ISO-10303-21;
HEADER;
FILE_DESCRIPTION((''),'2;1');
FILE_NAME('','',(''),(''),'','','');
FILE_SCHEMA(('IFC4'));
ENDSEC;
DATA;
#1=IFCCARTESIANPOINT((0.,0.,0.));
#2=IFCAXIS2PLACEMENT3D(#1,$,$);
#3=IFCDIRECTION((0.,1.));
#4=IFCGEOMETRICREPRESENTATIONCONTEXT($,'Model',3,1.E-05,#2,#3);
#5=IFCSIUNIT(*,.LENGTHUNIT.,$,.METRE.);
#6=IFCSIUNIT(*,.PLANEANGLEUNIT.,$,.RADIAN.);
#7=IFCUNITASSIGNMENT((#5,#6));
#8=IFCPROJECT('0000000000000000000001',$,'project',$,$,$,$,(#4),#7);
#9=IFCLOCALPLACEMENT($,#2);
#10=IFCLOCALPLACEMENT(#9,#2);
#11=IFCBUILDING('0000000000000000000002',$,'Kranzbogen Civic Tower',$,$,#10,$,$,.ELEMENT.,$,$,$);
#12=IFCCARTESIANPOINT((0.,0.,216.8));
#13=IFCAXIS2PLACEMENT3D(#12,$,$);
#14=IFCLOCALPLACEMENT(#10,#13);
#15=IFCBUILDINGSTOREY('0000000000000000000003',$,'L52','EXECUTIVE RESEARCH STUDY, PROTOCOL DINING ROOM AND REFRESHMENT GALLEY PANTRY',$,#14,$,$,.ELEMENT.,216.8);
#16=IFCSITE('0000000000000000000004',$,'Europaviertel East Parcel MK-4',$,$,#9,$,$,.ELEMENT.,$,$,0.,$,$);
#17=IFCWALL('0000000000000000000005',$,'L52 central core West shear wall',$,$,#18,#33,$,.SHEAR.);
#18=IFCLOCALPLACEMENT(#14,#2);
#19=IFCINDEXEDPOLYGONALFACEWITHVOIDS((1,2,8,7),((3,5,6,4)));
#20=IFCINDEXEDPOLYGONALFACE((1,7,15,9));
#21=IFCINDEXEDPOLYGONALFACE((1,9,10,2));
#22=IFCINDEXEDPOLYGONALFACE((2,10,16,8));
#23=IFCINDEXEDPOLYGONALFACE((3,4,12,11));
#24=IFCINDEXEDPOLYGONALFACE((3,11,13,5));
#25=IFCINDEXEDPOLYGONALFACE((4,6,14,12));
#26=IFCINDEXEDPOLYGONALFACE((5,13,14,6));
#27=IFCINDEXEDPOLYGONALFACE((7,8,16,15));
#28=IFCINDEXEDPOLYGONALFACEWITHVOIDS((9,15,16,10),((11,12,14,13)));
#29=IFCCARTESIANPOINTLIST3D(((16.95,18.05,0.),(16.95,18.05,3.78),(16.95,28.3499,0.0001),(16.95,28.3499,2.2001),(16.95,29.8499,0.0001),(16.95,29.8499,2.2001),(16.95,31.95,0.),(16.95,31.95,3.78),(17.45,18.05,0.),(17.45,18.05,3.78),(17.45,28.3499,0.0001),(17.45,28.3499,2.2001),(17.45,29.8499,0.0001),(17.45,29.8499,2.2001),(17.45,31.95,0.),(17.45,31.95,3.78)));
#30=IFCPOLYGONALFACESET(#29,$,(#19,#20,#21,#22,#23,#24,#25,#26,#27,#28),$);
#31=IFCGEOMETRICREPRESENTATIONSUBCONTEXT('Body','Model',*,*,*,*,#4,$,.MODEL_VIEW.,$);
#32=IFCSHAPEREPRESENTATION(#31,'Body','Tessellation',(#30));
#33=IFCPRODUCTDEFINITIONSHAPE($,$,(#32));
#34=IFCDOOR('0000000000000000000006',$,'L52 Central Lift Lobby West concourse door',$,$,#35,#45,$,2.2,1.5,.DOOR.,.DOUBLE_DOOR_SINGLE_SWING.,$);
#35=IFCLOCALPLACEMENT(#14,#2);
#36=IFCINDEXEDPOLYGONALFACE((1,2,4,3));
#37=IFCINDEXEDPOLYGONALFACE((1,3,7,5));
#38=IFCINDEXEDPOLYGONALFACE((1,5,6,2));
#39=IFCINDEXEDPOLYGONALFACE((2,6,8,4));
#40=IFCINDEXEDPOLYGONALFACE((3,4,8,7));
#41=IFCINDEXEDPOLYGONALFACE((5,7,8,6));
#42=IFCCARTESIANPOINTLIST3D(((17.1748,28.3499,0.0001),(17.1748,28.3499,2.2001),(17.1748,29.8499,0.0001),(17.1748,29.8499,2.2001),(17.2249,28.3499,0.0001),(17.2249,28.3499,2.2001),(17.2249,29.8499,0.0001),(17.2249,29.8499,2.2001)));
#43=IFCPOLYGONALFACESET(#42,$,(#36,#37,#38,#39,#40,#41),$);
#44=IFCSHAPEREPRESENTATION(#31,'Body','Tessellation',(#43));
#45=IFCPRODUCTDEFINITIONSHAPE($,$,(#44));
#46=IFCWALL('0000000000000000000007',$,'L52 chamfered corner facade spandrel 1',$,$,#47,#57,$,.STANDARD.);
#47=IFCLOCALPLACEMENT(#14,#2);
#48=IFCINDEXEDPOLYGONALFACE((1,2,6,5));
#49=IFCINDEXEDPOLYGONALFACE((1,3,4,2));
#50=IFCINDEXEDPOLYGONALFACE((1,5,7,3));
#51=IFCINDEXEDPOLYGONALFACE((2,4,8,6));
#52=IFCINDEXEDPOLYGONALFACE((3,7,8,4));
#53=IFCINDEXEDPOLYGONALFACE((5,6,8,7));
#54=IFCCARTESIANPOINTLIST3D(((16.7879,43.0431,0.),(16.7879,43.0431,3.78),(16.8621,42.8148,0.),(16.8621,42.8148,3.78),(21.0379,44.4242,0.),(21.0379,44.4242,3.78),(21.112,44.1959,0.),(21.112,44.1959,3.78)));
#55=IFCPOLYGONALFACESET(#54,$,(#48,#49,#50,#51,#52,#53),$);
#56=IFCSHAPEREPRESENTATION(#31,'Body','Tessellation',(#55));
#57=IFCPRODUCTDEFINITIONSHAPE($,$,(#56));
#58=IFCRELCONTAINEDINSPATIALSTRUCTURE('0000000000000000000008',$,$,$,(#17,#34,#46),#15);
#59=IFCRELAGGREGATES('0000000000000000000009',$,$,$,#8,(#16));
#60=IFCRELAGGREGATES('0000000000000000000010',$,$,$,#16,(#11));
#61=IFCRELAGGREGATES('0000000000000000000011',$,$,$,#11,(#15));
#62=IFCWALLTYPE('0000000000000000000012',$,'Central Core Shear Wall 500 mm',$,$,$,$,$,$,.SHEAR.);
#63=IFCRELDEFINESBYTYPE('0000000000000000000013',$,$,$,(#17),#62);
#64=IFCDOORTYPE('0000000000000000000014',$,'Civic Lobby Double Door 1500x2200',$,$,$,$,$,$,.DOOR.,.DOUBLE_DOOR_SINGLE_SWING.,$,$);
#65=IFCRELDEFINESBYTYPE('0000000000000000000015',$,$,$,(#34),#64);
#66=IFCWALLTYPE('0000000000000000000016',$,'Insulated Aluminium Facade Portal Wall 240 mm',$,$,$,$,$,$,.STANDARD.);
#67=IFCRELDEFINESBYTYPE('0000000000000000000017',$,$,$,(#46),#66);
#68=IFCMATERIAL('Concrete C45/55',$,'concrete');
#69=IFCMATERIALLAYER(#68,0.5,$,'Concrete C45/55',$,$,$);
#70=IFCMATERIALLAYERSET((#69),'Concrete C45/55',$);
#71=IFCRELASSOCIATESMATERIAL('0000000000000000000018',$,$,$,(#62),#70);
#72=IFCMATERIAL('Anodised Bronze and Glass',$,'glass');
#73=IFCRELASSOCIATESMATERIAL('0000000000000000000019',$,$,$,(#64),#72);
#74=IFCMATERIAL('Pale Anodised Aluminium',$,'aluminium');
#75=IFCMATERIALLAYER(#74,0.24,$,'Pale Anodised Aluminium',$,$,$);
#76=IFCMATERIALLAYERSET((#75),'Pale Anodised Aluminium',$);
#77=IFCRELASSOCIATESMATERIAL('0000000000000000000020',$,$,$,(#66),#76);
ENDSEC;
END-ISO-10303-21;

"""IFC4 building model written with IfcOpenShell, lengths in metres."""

from ifc_helpers import new_model, si_unit, direction, frame, frame_2d, origin, place, context, subcontext, project, spatial, rectangle, extrude, material, layer, layer_set, type_object, element, fill, save


model = new_model("IFC4")

# Units and contexts
model_context = context("Model", 3, precision=1e-05, world=origin(), true_north=direction((0.0, 1.0)))
body_context = subcontext(model_context, "Body", "Model", "MODEL_VIEW")
ifc_project = project(units=[si_unit("LENGTHUNIT", "METRE"), si_unit("PLANEANGLEUNIT", "RADIAN")], contexts=[model_context])

# Site, building, storey
site_placement = place(None, origin())
site = spatial("IfcSite", under=ifc_project, at=site_placement, Name="Europaviertel East Parcel MK-4", CompositionType="ELEMENT", RefElevation=0.0)
building_placement = place(site_placement, origin())
building = spatial("IfcBuilding", under=site, at=building_placement, Name="Kranzbogen Civic Tower", CompositionType="ELEMENT")
storey_placement = place(building_placement, frame((0.0, 0.0, 216.8)))
storey = spatial("IfcBuildingStorey", under=building, at=storey_placement, Name="L52", Description="EXECUTIVE RESEARCH STUDY, PROTOCOL DINING ROOM AND REFRESHMENT GALLEY PANTRY", CompositionType="ELEMENT", Elevation=216.8)

# Shared definitions
ifc_material_1 = material(Name="Pale Anodised Aluminium", Category="aluminium")

# Wall, opening, door
ifc_material_2 = material(Name="Concrete C45/55", Category="concrete")
ifc_layer_1 = layer(ifc_material_2, 0.5, Name="Concrete C45/55")
ifc_layer_set_1 = layer_set([ifc_layer_1], Name="Concrete C45/55")
wall_type_1 = type_object("IfcWallType", Name="Central Core Shear Wall 500 mm", PredefinedType="SHEAR", material=ifc_layer_set_1)
wall_1_placement = place(storey_placement, frame((17.2, 31.95, 0.0), z_axis=(0.0, 0.0, 1.0), x_axis=(0.0, -1.0, 0.0)))
wall_1 = element("IfcWall", 1, at=wall_1_placement, inside=storey, type_object=wall_type_1, Name="L52 central core West shear wall", PredefinedType="SHEAR", context=body_context, shape_type="SweptSolid", body=[
    extrude(rectangle(XDim=13.8999, YDim=0.5, at=frame_2d((6.95, 0.0))), origin(), (0.0, 0.0, 1.0), 3.78),
])
opening_1_placement = place(wall_1_placement, frame((2.1001, 0.0, 0.0)))
opening_1 = element("IfcOpeningElement", 2, at=opening_1_placement, cuts=wall_1, PredefinedType="OPENING", context=body_context, shape_type="SweptSolid", body=[
    extrude(rectangle(XDim=1.5, YDim=2.2, at=frame_2d((0.75, 1.1001))), frame((0.0, 0.26, 0.0), z_axis=(0.0, -1.0, 0.0), x_axis=(1.0, 0.0, 0.0)), (0.0, 0.0, 1.0), 0.52),
])
ifc_material_3 = material(Name="Anodised Bronze and Glass", Category="glass")
door_type_1 = type_object("IfcDoorType", Name="Civic Lobby Double Door 1500x2200", OperationType="DOUBLE_DOOR_SINGLE_SWING", PredefinedType="DOOR", material=ifc_material_3)
door_1_placement = place(opening_1_placement, origin())
door_1 = element("IfcDoor", 3, at=door_1_placement, inside=storey, type_object=door_type_1, Name="L52 Central Lift Lobby West concourse door", OperationType="DOUBLE_DOOR_SINGLE_SWING", OverallHeight=2.2, OverallWidth=1.5, PredefinedType="DOOR", context=body_context, shape_type="SweptSolid", body=[
    extrude(rectangle(XDim=1.5, YDim=2.2, at=frame_2d((0.75, 1.1001))), frame((0.0, 0.0249, 0.0), z_axis=(0.0, -1.0, 0.0), x_axis=(1.0, 0.0, 0.0)), (0.0, 0.0, 1.0), 0.05),
])
fill(opening_1, door_1)

# Wall
ifc_layer_2 = layer(ifc_material_1, 0.24, Name="Pale Anodised Aluminium")
ifc_layer_set_2 = layer_set([ifc_layer_2], Name="Pale Anodised Aluminium")
wall_type_2 = type_object("IfcWallType", Name="Insulated Aluminium Facade Portal Wall 240 mm", PredefinedType="STANDARD", material=ifc_layer_set_2)
wall_2_placement = place(storey_placement, frame((21.075, 44.3101, 0.0), z_axis=(0.0, 0.0, 1.0), x_axis=(-0.951044, -0.309056, 0.0)))
element("IfcWall", 4, at=wall_2_placement, inside=storey, type_object=wall_type_2, Name="L52 chamfered corner facade spandrel 1", PredefinedType="STANDARD", context=body_context, shape_type="SweptSolid", body=[
    extrude(rectangle(XDim=4.4688, YDim=0.24, at=frame_2d((2.2344, 0.0))), origin(), (0.0, 0.0, 1.0), 3.78),
])

save(model, "model.ifc")
